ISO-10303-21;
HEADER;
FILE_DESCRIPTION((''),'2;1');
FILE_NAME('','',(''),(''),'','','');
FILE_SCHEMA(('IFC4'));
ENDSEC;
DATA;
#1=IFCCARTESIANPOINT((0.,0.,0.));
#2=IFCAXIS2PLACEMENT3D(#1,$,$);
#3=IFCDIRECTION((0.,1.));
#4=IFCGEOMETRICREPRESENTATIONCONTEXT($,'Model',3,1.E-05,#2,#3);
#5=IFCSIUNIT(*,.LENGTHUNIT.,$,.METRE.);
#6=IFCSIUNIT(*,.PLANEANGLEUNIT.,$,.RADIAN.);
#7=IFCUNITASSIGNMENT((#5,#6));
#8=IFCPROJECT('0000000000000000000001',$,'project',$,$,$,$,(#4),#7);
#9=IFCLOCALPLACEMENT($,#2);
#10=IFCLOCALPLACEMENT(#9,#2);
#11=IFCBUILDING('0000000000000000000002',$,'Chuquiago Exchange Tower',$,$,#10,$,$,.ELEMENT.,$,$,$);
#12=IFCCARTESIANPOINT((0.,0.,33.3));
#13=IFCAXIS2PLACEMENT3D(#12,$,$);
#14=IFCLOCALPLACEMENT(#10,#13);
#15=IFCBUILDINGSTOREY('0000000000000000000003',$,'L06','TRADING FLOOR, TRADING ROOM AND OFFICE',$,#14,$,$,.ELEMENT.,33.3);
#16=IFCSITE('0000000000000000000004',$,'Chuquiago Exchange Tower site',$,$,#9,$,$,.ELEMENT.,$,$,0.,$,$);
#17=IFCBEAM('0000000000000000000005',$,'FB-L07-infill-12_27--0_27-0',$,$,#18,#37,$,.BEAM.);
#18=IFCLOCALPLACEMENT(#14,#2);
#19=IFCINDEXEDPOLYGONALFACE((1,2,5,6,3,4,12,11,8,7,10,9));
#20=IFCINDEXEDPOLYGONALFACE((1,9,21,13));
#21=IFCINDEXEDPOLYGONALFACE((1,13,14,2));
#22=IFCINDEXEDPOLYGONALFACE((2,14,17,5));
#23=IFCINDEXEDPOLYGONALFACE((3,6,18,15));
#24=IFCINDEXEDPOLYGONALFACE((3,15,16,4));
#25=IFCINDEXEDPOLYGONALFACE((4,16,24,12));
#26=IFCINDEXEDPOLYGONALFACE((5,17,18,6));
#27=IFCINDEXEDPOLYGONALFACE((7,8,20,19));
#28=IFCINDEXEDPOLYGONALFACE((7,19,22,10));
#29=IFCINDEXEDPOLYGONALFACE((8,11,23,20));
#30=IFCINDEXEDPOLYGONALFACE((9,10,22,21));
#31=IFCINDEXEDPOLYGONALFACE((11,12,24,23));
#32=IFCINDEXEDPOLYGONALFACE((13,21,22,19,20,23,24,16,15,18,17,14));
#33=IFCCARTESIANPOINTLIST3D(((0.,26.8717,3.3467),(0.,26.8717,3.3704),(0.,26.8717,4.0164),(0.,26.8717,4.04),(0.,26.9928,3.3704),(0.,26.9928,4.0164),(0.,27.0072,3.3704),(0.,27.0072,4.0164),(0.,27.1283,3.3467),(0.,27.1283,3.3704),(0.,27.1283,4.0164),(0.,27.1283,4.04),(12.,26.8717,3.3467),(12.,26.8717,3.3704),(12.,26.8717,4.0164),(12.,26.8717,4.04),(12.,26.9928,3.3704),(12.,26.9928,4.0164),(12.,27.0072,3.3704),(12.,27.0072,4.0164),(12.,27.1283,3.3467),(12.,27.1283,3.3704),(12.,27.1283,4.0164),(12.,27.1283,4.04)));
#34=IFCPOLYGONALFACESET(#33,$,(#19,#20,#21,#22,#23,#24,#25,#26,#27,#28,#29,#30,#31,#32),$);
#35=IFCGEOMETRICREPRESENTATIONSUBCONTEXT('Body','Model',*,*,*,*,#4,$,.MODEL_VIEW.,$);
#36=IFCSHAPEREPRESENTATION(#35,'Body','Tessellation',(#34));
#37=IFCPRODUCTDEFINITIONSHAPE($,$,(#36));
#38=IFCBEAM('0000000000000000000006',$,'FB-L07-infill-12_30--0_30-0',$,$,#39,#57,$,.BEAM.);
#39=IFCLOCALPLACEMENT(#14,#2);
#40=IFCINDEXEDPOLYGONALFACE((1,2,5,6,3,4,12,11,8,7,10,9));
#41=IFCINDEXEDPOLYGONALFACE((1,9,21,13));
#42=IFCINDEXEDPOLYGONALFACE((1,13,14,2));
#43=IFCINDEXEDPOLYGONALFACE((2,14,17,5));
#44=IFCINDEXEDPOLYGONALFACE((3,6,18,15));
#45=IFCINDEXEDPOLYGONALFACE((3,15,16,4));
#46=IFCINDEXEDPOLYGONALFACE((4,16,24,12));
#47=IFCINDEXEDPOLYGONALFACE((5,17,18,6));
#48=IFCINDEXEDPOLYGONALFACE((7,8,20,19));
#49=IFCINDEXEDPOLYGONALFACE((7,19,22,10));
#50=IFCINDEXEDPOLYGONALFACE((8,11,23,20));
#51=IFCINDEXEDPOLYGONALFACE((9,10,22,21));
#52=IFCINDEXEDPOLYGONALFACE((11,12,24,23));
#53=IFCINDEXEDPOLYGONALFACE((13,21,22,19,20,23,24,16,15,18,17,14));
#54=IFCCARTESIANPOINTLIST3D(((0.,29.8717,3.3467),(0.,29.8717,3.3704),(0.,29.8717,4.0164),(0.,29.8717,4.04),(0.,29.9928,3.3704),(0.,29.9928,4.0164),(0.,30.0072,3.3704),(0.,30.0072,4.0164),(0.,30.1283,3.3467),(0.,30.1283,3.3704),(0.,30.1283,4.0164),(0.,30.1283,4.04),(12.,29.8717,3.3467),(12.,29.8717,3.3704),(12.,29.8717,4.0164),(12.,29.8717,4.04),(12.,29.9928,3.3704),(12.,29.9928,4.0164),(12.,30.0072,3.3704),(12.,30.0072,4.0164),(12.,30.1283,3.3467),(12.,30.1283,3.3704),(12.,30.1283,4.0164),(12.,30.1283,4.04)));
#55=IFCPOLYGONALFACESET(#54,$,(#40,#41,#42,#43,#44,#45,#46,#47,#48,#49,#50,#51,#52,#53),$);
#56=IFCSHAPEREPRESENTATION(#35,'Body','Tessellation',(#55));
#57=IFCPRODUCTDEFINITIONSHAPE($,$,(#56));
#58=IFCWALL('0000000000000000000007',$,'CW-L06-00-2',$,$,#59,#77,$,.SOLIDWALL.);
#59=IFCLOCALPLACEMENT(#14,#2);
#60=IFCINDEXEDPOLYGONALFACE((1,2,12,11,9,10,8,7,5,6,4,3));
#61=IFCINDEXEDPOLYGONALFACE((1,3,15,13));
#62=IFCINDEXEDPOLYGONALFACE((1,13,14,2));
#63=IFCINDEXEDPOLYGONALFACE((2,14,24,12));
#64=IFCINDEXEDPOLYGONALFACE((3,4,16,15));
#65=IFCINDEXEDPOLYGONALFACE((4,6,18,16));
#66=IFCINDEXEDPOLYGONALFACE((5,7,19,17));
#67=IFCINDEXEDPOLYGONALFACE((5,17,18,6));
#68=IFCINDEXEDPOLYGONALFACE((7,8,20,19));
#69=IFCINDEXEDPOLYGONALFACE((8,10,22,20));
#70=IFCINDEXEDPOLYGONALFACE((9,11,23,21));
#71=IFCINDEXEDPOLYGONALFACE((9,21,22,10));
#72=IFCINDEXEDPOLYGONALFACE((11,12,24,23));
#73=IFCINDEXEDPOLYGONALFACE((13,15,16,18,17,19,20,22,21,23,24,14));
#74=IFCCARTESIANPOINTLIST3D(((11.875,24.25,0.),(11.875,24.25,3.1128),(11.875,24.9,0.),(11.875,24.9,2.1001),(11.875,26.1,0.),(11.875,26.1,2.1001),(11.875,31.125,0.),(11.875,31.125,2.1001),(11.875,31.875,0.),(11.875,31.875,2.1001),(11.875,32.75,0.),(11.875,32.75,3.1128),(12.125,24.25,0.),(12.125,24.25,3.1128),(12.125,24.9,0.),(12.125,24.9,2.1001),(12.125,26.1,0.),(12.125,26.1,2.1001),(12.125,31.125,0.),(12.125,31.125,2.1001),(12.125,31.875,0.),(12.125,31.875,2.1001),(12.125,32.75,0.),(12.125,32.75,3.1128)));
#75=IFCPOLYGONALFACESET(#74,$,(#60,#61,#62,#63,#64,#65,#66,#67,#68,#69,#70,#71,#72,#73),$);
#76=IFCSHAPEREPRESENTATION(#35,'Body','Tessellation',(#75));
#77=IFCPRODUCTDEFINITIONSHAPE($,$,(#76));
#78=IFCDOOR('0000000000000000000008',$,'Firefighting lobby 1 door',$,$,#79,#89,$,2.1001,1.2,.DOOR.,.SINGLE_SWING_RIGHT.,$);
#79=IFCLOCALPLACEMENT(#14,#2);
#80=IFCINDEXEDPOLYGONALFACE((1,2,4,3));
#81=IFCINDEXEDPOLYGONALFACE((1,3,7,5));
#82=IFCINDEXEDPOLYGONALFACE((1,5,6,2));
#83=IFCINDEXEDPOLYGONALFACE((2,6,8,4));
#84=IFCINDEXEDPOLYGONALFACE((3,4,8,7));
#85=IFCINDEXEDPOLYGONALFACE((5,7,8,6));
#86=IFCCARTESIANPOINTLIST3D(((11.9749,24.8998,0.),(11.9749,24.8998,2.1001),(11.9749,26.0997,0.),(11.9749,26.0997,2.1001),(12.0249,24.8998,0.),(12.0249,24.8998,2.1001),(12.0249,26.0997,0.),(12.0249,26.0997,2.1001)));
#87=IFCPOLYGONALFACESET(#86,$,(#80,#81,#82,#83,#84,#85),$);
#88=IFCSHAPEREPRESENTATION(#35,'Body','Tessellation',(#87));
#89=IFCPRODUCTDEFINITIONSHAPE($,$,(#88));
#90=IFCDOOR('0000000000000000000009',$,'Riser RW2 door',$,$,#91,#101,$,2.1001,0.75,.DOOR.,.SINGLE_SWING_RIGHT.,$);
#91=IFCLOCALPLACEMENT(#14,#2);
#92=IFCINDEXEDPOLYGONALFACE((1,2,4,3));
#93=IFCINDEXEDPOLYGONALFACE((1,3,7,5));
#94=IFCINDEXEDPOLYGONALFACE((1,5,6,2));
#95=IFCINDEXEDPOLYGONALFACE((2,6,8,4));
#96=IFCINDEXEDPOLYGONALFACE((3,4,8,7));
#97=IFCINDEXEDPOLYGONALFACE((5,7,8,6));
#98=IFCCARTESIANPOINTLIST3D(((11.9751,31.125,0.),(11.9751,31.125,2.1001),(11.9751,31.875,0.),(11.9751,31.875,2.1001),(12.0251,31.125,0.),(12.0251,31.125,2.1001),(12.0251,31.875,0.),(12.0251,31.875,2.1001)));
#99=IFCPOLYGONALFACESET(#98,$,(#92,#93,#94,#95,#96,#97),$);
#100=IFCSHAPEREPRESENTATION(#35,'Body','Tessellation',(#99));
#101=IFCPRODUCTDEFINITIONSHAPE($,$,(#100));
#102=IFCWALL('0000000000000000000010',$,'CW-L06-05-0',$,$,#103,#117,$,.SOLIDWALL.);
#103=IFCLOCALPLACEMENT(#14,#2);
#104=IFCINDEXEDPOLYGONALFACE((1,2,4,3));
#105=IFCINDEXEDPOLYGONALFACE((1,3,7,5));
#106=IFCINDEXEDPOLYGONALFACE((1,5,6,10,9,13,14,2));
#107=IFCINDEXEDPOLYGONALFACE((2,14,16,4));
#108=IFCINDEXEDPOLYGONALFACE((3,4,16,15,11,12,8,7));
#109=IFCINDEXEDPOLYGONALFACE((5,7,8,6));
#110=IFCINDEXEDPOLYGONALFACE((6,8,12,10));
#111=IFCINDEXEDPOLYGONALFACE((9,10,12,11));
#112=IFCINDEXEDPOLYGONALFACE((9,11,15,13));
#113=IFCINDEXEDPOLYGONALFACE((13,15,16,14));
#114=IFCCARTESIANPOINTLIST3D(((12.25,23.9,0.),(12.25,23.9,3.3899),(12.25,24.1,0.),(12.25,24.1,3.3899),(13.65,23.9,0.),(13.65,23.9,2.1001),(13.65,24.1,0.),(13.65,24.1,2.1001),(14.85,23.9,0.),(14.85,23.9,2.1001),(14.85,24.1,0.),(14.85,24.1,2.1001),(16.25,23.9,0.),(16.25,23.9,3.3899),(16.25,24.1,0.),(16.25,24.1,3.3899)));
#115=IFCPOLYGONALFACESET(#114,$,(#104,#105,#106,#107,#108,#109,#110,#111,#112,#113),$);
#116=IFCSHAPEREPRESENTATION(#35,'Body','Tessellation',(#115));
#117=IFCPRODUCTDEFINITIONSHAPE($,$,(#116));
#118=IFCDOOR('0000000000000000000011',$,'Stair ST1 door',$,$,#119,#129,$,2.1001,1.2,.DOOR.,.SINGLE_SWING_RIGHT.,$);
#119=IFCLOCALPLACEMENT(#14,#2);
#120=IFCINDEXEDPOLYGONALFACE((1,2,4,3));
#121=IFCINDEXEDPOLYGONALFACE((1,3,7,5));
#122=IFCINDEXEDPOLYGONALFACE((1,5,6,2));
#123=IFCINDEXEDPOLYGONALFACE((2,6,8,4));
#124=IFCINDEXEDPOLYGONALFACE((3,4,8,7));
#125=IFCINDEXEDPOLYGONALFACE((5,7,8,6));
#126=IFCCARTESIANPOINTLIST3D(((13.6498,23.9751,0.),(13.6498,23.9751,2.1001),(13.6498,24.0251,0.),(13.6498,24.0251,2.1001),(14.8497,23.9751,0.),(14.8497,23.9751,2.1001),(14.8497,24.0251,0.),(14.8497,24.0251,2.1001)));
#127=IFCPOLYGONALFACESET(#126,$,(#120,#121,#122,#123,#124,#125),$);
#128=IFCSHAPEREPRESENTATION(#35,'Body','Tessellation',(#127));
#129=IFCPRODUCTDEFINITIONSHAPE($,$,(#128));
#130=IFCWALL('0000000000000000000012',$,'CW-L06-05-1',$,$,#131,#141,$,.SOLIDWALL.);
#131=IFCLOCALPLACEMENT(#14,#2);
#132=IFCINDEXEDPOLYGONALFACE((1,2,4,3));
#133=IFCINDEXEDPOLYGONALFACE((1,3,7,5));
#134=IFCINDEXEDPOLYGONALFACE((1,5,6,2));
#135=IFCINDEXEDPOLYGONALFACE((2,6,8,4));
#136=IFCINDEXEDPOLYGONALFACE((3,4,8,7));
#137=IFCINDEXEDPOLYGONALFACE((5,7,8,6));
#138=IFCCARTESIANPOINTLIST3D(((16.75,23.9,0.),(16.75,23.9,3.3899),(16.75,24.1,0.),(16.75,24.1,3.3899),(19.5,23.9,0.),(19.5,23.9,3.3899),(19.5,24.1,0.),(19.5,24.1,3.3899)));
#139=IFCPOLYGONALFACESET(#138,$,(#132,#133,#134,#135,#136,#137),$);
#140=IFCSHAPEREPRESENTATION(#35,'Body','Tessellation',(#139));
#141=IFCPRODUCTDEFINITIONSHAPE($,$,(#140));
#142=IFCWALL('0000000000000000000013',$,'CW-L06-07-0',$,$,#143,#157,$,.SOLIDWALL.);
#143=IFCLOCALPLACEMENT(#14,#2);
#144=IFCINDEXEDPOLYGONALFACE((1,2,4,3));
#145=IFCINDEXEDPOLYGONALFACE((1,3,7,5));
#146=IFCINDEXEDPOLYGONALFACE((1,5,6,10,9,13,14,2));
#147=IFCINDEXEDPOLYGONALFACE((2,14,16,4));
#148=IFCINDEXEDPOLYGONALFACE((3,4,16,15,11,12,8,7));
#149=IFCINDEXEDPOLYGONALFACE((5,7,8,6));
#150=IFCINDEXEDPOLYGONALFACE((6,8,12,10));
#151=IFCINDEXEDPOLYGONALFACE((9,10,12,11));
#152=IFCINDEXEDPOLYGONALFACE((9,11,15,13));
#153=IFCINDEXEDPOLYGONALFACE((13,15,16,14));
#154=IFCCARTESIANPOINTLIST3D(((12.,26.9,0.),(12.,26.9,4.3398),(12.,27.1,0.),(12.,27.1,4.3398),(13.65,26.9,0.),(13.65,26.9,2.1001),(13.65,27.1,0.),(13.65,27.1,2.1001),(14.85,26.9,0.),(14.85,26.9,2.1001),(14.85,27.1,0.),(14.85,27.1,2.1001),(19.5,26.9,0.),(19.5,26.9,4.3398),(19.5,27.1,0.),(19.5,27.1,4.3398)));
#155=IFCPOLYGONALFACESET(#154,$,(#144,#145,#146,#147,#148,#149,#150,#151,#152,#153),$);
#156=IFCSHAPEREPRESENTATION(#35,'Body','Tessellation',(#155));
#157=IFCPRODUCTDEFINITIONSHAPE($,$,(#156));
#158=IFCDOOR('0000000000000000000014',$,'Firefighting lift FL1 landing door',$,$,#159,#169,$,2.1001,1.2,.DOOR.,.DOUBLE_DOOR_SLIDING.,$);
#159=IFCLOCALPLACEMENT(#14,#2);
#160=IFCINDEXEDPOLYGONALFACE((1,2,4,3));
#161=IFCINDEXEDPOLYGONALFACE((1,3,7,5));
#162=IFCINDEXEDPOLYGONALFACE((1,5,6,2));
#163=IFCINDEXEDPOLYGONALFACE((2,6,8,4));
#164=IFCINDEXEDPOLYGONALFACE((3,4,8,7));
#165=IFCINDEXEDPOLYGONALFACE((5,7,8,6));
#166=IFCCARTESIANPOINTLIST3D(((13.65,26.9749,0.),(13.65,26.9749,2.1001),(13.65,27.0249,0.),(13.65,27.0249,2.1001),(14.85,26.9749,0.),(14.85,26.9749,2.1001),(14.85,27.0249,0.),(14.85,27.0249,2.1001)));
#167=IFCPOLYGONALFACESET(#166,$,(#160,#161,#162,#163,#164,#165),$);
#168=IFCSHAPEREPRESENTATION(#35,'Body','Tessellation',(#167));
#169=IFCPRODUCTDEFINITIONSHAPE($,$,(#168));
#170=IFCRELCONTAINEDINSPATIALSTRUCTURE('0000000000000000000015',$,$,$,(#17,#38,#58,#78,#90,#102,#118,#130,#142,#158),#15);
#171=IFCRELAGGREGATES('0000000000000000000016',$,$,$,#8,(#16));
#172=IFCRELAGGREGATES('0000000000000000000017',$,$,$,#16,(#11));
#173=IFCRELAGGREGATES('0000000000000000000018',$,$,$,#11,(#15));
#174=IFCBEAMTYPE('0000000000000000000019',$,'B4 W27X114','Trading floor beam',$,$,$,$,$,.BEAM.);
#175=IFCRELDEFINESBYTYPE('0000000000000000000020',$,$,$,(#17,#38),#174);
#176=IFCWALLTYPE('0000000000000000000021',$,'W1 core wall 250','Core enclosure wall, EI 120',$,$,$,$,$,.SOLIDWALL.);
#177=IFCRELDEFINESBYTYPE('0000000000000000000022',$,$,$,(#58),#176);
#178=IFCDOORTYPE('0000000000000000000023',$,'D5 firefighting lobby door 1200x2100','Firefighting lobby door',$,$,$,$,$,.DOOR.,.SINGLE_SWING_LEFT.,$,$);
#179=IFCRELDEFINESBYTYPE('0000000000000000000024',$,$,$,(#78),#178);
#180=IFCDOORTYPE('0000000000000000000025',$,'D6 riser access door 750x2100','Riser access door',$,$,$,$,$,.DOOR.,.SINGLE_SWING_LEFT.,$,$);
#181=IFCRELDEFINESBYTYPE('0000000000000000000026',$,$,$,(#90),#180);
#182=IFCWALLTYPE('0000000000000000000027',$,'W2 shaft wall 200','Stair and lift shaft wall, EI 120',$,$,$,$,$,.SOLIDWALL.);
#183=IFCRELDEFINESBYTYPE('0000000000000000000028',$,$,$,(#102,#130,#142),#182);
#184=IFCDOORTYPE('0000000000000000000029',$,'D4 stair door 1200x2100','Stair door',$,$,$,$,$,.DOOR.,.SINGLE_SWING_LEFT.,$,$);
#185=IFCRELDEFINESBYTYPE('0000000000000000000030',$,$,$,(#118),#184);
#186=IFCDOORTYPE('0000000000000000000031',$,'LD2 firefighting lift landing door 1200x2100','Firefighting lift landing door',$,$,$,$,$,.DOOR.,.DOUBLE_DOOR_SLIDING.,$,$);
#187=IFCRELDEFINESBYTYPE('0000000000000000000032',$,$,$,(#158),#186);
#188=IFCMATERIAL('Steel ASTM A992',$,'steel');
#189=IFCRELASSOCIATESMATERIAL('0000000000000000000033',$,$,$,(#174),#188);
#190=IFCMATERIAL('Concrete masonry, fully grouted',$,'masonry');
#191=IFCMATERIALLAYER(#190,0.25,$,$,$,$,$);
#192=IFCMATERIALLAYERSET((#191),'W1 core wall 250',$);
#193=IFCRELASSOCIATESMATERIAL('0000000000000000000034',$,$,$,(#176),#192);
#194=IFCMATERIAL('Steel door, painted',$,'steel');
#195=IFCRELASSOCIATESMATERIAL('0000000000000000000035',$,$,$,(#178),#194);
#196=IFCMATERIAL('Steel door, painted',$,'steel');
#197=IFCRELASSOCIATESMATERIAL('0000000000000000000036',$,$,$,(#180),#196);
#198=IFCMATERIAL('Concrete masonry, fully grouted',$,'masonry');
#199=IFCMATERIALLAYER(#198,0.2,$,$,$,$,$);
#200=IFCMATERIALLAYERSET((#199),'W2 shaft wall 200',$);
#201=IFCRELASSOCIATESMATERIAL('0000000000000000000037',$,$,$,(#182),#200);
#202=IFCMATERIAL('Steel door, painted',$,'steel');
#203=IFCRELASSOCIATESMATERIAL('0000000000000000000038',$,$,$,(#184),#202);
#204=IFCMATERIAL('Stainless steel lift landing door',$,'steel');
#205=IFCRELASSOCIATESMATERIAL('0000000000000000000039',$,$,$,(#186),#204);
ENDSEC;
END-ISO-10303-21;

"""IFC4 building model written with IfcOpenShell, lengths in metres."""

from ifc_helpers import new_model, si_unit, direction, frame, frame_2d, origin, origin_2d, place, context, subcontext, project, spatial, rectangle, i_section, extrude, material, layer, layer_set, material_profile, profile_set, type_object, element, fill, save


model = new_model("IFC4")

# Units and contexts
model_context = context("Model", 3, precision=1e-05, world=origin(), true_north=direction((0.0, 1.0)))
body_context = subcontext(model_context, "Body", "Model", "MODEL_VIEW")
ifc_project = project(units=[si_unit("LENGTHUNIT", "METRE"), si_unit("PLANEANGLEUNIT", "RADIAN")], contexts=[model_context])

# Site, building, storey
site_placement = place(None, origin())
site = spatial("IfcSite", under=ifc_project, at=site_placement, Name="Chuquiago Exchange Tower site", CompositionType="ELEMENT", RefElevation=0.0)
building_placement = place(site_placement, origin())
building = spatial("IfcBuilding", under=site, at=building_placement, Name="Chuquiago Exchange Tower", CompositionType="ELEMENT")
storey_placement = place(building_placement, frame((0.0, 0.0, 33.3)))
storey = spatial("IfcBuildingStorey", under=building, at=storey_placement, Name="L06", Description="TRADING FLOOR, TRADING ROOM AND OFFICE", CompositionType="ELEMENT", Elevation=33.3)

# Beams
ifc_material_1 = material(Name="Steel ASTM A992", Category="steel")
ifc_material_profile_1 = material_profile(ifc_material_1, i_section(OverallWidth=0.2566, OverallDepth=0.6934, WebThickness=0.0144, FlangeThickness=0.0237, at=origin_2d()), Name="W27X114")
ifc_profile_set_1 = profile_set([ifc_material_profile_1], Name="Steel ASTM A992")
beam_type_1 = type_object("IfcBeamType", Name="B4 W27X114", Description="Trading floor beam", PredefinedType="BEAM", material=ifc_profile_set_1)
for number, where, z_axis, x_axis, name in (
    (1, (12.0, 27.0, 3.6934), (-1.0, 0.0, 0.0), (0.0, -1.0, 0.0), "FB-L07-infill-12_27--0_27-0"),
    (2, (12.0, 30.0, 3.6934), (-1.0, 0.0, 0.0), (0.0, -1.0, 0.0), "FB-L07-infill-12_30--0_30-0"),
):
    element("IfcBeam", number, at=place(storey_placement, frame(where, z_axis=z_axis, x_axis=x_axis)), inside=storey, type_object=beam_type_1, Name=name, PredefinedType="BEAM", context=body_context, shape_type="SweptSolid", body=[
        extrude(i_section(OverallWidth=0.2566, OverallDepth=0.6934, WebThickness=0.0144, FlangeThickness=0.0237, at=origin_2d()), origin(), (0.0, 0.0, 1.0), 12.0),
    ])

# Wall, openings, doors
ifc_material_2 = material(Name="Concrete masonry, fully grouted", Category="masonry")
ifc_layer_1 = layer(ifc_material_2, 0.25)
ifc_layer_set_1 = layer_set([ifc_layer_1], Name="W1 core wall 250")
wall_type_1 = type_object("IfcWallType", Name="W1 core wall 250", Description="Core enclosure wall, EI 120", PredefinedType="SOLIDWALL", material=ifc_layer_set_1)
wall_1_placement = place(storey_placement, frame((12.0, 24.25, 0.0), z_axis=(0.0, 0.0, 1.0), x_axis=(0.0, 1.0, 0.0)))
wall_1 = element("IfcWall", 3, at=wall_1_placement, inside=storey, type_object=wall_type_1, Name="CW-L06-00-2", PredefinedType="SOLIDWALL", context=body_context, shape_type="SweptSolid", body=[
    extrude(rectangle(XDim=8.5, YDim=0.25, at=frame_2d((4.25, 0.0))), origin(), (0.0, 0.0, 1.0), 3.1128),
])
opening_1_placement = place(wall_1_placement, frame((0.6499, 0.0, 0.0)))
opening_1 = element("IfcOpeningElement", 4, at=opening_1_placement, cuts=wall_1, PredefinedType="OPENING", context=body_context, shape_type="SweptSolid", body=[
    extrude(rectangle(XDim=1.2, YDim=2.1001, at=frame_2d((0.6001, 1.05))), frame((0.0, 0.135, 0.0), z_axis=(0.0, -1.0, 0.0), x_axis=(1.0, 0.0, 0.0)), (0.0, 0.0, 1.0), 0.27),
])
opening_2_placement = place(wall_1_placement, frame((6.875, 0.0, 0.0)))
opening_2 = element("IfcOpeningElement", 5, at=opening_2_placement, cuts=wall_1, PredefinedType="OPENING", context=body_context, shape_type="SweptSolid", body=[
    extrude(rectangle(XDim=0.75, YDim=2.1001, at=frame_2d((0.375, 1.05))), frame((0.0, 0.135, 0.0), z_axis=(0.0, -1.0, 0.0), x_axis=(1.0, 0.0, 0.0)), (0.0, 0.0, 1.0), 0.27),
])
ifc_material_3 = material(Name="Steel door, painted", Category="steel")
door_type_1 = type_object("IfcDoorType", Name="D5 firefighting lobby door 1200x2100", Description="Firefighting lobby door", OperationType="SINGLE_SWING_LEFT", PredefinedType="DOOR", material=ifc_material_3)
door_1_placement = place(opening_1_placement, frame((1.2, 0.0, 0.0), z_axis=(0.0, 0.0, 1.0), x_axis=(-1.0, 0.0, 0.0)))
door_1 = element("IfcDoor", 6, at=door_1_placement, inside=storey, type_object=door_type_1, Name="Firefighting lobby 1 door", OperationType="SINGLE_SWING_RIGHT", OverallHeight=2.1001, OverallWidth=1.2, PredefinedType="DOOR", context=body_context, shape_type="SweptSolid", body=[
    extrude(rectangle(XDim=1.2, YDim=2.1001, at=frame_2d((0.6001, 1.05))), frame((0.0, 0.0249, 0.0), z_axis=(0.0, -1.0, 0.0), x_axis=(1.0, 0.0, 0.0)), (0.0, 0.0, 1.0), 0.05),
])
fill(opening_1, door_1)
ifc_material_4 = material(Name="Steel door, painted", Category="steel")
door_type_2 = type_object("IfcDoorType", Name="D6 riser access door 750x2100", Description="Riser access door", OperationType="SINGLE_SWING_LEFT", PredefinedType="DOOR", material=ifc_material_4)
door_2_placement = place(opening_2_placement, origin())
door_2 = element("IfcDoor", 7, at=door_2_placement, inside=storey, type_object=door_type_2, Name="Riser RW2 door", OperationType="SINGLE_SWING_RIGHT", OverallHeight=2.1001, OverallWidth=0.75, PredefinedType="DOOR", context=body_context, shape_type="SweptSolid", body=[
    extrude(rectangle(XDim=0.75, YDim=2.1001, at=frame_2d((0.375, 1.05))), frame((0.0, 0.0249, 0.0), z_axis=(0.0, -1.0, 0.0), x_axis=(1.0, 0.0, 0.0)), (0.0, 0.0, 1.0), 0.05),
])
fill(opening_2, door_2)

# Wall, opening, door
ifc_material_5 = material(Name="Concrete masonry, fully grouted", Category="masonry")
ifc_layer_2 = layer(ifc_material_5, 0.2)
ifc_layer_set_2 = layer_set([ifc_layer_2], Name="W2 shaft wall 200")
wall_type_2 = type_object("IfcWallType", Name="W2 shaft wall 200", Description="Stair and lift shaft wall, EI 120", PredefinedType="SOLIDWALL", material=ifc_layer_set_2)
wall_2_placement = place(storey_placement, frame((12.25, 24.0, 0.0), z_axis=(0.0, 0.0, 1.0), x_axis=(1.0, 0.0, 0.0)))
wall_2 = element("IfcWall", 8, at=wall_2_placement, inside=storey, type_object=wall_type_2, Name="CW-L06-05-0", PredefinedType="SOLIDWALL", context=body_context, shape_type="SweptSolid", body=[
    extrude(rectangle(XDim=4.0, YDim=0.2, at=frame_2d((2.0, 0.0))), origin(), (0.0, 0.0, 1.0), 3.3899),
])
opening_3_placement = place(wall_2_placement, frame((1.3999, 0.0, 0.0)))
opening_3 = element("IfcOpeningElement", 9, at=opening_3_placement, cuts=wall_2, PredefinedType="OPENING", context=body_context, shape_type="SweptSolid", body=[
    extrude(rectangle(XDim=1.2, YDim=2.1001, at=frame_2d((0.6001, 1.05))), frame((0.0, 0.1099, 0.0), z_axis=(0.0, -1.0, 0.0), x_axis=(1.0, 0.0, 0.0)), (0.0, 0.0, 1.0), 0.22),
])
ifc_material_6 = material(Name="Steel door, painted", Category="steel")
door_type_3 = type_object("IfcDoorType", Name="D4 stair door 1200x2100", Description="Stair door", OperationType="SINGLE_SWING_LEFT", PredefinedType="DOOR", material=ifc_material_6)
door_3_placement = place(opening_3_placement, frame((1.2, 0.0, 0.0), z_axis=(0.0, 0.0, 1.0), x_axis=(-1.0, 0.0, 0.0)))
door_3 = element("IfcDoor", 10, at=door_3_placement, inside=storey, type_object=door_type_3, Name="Stair ST1 door", OperationType="SINGLE_SWING_RIGHT", OverallHeight=2.1001, OverallWidth=1.2, PredefinedType="DOOR", context=body_context, shape_type="SweptSolid", body=[
    extrude(rectangle(XDim=1.2, YDim=2.1001, at=frame_2d((0.6001, 1.05))), frame((0.0, 0.0249, 0.0), z_axis=(0.0, -1.0, 0.0), x_axis=(1.0, 0.0, 0.0)), (0.0, 0.0, 1.0), 0.05),
])
fill(opening_3, door_3)

# Wall
wall_3_placement = place(storey_placement, frame((16.75, 24.0, 0.0), z_axis=(0.0, 0.0, 1.0), x_axis=(1.0, 0.0, 0.0)))
element("IfcWall", 11, at=wall_3_placement, inside=storey, type_object=wall_type_2, Name="CW-L06-05-1", PredefinedType="SOLIDWALL", context=body_context, shape_type="SweptSolid", body=[
    extrude(rectangle(XDim=2.75, YDim=0.2, at=frame_2d((1.375, 0.0))), origin(), (0.0, 0.0, 1.0), 3.3899),
])

# Wall, opening, door
wall_4_placement = place(storey_placement, frame((12.0, 27.0, 0.0), z_axis=(0.0, 0.0, 1.0), x_axis=(1.0, 0.0, 0.0)))
wall_4 = element("IfcWall", 12, at=wall_4_placement, inside=storey, type_object=wall_type_2, Name="CW-L06-07-0", PredefinedType="SOLIDWALL", context=body_context, shape_type="SweptSolid", body=[
    extrude(rectangle(XDim=7.5, YDim=0.2, at=frame_2d((3.75, 0.0))), origin(), (0.0, 0.0, 1.0), 4.3398),
])
opening_4_placement = place(wall_4_placement, frame((1.6499, 0.0, 0.0)))
opening_4 = element("IfcOpeningElement", 13, at=opening_4_placement, cuts=wall_4, PredefinedType="OPENING", context=body_context, shape_type="SweptSolid", body=[
    extrude(rectangle(XDim=1.2, YDim=2.1001, at=frame_2d((0.6001, 1.05))), frame((0.0, 0.1099, 0.0), z_axis=(0.0, -1.0, 0.0), x_axis=(1.0, 0.0, 0.0)), (0.0, 0.0, 1.0), 0.22),
])
ifc_material_7 = material(Name="Stainless steel lift landing door", Category="steel")
door_type_4 = type_object("IfcDoorType", Name="LD2 firefighting lift landing door 1200x2100", Description="Firefighting lift landing door", OperationType="DOUBLE_DOOR_SLIDING", PredefinedType="DOOR", material=ifc_material_7)
door_4_placement = place(opening_4_placement, origin())
door_4 = element("IfcDoor", 14, at=door_4_placement, inside=storey, type_object=door_type_4, Name="Firefighting lift FL1 landing door", OperationType="DOUBLE_DOOR_SLIDING", OverallHeight=2.1001, OverallWidth=1.2, PredefinedType="DOOR", context=body_context, shape_type="SweptSolid", body=[
    extrude(rectangle(XDim=1.2, YDim=2.1001, at=frame_2d((0.6001, 1.05))), frame((0.0, 0.0249, 0.0), z_axis=(0.0, -1.0, 0.0), x_axis=(1.0, 0.0, 0.0)), (0.0, 0.0, 1.0), 0.05),
])
fill(opening_4, door_4)

save(model, "model.ifc")
